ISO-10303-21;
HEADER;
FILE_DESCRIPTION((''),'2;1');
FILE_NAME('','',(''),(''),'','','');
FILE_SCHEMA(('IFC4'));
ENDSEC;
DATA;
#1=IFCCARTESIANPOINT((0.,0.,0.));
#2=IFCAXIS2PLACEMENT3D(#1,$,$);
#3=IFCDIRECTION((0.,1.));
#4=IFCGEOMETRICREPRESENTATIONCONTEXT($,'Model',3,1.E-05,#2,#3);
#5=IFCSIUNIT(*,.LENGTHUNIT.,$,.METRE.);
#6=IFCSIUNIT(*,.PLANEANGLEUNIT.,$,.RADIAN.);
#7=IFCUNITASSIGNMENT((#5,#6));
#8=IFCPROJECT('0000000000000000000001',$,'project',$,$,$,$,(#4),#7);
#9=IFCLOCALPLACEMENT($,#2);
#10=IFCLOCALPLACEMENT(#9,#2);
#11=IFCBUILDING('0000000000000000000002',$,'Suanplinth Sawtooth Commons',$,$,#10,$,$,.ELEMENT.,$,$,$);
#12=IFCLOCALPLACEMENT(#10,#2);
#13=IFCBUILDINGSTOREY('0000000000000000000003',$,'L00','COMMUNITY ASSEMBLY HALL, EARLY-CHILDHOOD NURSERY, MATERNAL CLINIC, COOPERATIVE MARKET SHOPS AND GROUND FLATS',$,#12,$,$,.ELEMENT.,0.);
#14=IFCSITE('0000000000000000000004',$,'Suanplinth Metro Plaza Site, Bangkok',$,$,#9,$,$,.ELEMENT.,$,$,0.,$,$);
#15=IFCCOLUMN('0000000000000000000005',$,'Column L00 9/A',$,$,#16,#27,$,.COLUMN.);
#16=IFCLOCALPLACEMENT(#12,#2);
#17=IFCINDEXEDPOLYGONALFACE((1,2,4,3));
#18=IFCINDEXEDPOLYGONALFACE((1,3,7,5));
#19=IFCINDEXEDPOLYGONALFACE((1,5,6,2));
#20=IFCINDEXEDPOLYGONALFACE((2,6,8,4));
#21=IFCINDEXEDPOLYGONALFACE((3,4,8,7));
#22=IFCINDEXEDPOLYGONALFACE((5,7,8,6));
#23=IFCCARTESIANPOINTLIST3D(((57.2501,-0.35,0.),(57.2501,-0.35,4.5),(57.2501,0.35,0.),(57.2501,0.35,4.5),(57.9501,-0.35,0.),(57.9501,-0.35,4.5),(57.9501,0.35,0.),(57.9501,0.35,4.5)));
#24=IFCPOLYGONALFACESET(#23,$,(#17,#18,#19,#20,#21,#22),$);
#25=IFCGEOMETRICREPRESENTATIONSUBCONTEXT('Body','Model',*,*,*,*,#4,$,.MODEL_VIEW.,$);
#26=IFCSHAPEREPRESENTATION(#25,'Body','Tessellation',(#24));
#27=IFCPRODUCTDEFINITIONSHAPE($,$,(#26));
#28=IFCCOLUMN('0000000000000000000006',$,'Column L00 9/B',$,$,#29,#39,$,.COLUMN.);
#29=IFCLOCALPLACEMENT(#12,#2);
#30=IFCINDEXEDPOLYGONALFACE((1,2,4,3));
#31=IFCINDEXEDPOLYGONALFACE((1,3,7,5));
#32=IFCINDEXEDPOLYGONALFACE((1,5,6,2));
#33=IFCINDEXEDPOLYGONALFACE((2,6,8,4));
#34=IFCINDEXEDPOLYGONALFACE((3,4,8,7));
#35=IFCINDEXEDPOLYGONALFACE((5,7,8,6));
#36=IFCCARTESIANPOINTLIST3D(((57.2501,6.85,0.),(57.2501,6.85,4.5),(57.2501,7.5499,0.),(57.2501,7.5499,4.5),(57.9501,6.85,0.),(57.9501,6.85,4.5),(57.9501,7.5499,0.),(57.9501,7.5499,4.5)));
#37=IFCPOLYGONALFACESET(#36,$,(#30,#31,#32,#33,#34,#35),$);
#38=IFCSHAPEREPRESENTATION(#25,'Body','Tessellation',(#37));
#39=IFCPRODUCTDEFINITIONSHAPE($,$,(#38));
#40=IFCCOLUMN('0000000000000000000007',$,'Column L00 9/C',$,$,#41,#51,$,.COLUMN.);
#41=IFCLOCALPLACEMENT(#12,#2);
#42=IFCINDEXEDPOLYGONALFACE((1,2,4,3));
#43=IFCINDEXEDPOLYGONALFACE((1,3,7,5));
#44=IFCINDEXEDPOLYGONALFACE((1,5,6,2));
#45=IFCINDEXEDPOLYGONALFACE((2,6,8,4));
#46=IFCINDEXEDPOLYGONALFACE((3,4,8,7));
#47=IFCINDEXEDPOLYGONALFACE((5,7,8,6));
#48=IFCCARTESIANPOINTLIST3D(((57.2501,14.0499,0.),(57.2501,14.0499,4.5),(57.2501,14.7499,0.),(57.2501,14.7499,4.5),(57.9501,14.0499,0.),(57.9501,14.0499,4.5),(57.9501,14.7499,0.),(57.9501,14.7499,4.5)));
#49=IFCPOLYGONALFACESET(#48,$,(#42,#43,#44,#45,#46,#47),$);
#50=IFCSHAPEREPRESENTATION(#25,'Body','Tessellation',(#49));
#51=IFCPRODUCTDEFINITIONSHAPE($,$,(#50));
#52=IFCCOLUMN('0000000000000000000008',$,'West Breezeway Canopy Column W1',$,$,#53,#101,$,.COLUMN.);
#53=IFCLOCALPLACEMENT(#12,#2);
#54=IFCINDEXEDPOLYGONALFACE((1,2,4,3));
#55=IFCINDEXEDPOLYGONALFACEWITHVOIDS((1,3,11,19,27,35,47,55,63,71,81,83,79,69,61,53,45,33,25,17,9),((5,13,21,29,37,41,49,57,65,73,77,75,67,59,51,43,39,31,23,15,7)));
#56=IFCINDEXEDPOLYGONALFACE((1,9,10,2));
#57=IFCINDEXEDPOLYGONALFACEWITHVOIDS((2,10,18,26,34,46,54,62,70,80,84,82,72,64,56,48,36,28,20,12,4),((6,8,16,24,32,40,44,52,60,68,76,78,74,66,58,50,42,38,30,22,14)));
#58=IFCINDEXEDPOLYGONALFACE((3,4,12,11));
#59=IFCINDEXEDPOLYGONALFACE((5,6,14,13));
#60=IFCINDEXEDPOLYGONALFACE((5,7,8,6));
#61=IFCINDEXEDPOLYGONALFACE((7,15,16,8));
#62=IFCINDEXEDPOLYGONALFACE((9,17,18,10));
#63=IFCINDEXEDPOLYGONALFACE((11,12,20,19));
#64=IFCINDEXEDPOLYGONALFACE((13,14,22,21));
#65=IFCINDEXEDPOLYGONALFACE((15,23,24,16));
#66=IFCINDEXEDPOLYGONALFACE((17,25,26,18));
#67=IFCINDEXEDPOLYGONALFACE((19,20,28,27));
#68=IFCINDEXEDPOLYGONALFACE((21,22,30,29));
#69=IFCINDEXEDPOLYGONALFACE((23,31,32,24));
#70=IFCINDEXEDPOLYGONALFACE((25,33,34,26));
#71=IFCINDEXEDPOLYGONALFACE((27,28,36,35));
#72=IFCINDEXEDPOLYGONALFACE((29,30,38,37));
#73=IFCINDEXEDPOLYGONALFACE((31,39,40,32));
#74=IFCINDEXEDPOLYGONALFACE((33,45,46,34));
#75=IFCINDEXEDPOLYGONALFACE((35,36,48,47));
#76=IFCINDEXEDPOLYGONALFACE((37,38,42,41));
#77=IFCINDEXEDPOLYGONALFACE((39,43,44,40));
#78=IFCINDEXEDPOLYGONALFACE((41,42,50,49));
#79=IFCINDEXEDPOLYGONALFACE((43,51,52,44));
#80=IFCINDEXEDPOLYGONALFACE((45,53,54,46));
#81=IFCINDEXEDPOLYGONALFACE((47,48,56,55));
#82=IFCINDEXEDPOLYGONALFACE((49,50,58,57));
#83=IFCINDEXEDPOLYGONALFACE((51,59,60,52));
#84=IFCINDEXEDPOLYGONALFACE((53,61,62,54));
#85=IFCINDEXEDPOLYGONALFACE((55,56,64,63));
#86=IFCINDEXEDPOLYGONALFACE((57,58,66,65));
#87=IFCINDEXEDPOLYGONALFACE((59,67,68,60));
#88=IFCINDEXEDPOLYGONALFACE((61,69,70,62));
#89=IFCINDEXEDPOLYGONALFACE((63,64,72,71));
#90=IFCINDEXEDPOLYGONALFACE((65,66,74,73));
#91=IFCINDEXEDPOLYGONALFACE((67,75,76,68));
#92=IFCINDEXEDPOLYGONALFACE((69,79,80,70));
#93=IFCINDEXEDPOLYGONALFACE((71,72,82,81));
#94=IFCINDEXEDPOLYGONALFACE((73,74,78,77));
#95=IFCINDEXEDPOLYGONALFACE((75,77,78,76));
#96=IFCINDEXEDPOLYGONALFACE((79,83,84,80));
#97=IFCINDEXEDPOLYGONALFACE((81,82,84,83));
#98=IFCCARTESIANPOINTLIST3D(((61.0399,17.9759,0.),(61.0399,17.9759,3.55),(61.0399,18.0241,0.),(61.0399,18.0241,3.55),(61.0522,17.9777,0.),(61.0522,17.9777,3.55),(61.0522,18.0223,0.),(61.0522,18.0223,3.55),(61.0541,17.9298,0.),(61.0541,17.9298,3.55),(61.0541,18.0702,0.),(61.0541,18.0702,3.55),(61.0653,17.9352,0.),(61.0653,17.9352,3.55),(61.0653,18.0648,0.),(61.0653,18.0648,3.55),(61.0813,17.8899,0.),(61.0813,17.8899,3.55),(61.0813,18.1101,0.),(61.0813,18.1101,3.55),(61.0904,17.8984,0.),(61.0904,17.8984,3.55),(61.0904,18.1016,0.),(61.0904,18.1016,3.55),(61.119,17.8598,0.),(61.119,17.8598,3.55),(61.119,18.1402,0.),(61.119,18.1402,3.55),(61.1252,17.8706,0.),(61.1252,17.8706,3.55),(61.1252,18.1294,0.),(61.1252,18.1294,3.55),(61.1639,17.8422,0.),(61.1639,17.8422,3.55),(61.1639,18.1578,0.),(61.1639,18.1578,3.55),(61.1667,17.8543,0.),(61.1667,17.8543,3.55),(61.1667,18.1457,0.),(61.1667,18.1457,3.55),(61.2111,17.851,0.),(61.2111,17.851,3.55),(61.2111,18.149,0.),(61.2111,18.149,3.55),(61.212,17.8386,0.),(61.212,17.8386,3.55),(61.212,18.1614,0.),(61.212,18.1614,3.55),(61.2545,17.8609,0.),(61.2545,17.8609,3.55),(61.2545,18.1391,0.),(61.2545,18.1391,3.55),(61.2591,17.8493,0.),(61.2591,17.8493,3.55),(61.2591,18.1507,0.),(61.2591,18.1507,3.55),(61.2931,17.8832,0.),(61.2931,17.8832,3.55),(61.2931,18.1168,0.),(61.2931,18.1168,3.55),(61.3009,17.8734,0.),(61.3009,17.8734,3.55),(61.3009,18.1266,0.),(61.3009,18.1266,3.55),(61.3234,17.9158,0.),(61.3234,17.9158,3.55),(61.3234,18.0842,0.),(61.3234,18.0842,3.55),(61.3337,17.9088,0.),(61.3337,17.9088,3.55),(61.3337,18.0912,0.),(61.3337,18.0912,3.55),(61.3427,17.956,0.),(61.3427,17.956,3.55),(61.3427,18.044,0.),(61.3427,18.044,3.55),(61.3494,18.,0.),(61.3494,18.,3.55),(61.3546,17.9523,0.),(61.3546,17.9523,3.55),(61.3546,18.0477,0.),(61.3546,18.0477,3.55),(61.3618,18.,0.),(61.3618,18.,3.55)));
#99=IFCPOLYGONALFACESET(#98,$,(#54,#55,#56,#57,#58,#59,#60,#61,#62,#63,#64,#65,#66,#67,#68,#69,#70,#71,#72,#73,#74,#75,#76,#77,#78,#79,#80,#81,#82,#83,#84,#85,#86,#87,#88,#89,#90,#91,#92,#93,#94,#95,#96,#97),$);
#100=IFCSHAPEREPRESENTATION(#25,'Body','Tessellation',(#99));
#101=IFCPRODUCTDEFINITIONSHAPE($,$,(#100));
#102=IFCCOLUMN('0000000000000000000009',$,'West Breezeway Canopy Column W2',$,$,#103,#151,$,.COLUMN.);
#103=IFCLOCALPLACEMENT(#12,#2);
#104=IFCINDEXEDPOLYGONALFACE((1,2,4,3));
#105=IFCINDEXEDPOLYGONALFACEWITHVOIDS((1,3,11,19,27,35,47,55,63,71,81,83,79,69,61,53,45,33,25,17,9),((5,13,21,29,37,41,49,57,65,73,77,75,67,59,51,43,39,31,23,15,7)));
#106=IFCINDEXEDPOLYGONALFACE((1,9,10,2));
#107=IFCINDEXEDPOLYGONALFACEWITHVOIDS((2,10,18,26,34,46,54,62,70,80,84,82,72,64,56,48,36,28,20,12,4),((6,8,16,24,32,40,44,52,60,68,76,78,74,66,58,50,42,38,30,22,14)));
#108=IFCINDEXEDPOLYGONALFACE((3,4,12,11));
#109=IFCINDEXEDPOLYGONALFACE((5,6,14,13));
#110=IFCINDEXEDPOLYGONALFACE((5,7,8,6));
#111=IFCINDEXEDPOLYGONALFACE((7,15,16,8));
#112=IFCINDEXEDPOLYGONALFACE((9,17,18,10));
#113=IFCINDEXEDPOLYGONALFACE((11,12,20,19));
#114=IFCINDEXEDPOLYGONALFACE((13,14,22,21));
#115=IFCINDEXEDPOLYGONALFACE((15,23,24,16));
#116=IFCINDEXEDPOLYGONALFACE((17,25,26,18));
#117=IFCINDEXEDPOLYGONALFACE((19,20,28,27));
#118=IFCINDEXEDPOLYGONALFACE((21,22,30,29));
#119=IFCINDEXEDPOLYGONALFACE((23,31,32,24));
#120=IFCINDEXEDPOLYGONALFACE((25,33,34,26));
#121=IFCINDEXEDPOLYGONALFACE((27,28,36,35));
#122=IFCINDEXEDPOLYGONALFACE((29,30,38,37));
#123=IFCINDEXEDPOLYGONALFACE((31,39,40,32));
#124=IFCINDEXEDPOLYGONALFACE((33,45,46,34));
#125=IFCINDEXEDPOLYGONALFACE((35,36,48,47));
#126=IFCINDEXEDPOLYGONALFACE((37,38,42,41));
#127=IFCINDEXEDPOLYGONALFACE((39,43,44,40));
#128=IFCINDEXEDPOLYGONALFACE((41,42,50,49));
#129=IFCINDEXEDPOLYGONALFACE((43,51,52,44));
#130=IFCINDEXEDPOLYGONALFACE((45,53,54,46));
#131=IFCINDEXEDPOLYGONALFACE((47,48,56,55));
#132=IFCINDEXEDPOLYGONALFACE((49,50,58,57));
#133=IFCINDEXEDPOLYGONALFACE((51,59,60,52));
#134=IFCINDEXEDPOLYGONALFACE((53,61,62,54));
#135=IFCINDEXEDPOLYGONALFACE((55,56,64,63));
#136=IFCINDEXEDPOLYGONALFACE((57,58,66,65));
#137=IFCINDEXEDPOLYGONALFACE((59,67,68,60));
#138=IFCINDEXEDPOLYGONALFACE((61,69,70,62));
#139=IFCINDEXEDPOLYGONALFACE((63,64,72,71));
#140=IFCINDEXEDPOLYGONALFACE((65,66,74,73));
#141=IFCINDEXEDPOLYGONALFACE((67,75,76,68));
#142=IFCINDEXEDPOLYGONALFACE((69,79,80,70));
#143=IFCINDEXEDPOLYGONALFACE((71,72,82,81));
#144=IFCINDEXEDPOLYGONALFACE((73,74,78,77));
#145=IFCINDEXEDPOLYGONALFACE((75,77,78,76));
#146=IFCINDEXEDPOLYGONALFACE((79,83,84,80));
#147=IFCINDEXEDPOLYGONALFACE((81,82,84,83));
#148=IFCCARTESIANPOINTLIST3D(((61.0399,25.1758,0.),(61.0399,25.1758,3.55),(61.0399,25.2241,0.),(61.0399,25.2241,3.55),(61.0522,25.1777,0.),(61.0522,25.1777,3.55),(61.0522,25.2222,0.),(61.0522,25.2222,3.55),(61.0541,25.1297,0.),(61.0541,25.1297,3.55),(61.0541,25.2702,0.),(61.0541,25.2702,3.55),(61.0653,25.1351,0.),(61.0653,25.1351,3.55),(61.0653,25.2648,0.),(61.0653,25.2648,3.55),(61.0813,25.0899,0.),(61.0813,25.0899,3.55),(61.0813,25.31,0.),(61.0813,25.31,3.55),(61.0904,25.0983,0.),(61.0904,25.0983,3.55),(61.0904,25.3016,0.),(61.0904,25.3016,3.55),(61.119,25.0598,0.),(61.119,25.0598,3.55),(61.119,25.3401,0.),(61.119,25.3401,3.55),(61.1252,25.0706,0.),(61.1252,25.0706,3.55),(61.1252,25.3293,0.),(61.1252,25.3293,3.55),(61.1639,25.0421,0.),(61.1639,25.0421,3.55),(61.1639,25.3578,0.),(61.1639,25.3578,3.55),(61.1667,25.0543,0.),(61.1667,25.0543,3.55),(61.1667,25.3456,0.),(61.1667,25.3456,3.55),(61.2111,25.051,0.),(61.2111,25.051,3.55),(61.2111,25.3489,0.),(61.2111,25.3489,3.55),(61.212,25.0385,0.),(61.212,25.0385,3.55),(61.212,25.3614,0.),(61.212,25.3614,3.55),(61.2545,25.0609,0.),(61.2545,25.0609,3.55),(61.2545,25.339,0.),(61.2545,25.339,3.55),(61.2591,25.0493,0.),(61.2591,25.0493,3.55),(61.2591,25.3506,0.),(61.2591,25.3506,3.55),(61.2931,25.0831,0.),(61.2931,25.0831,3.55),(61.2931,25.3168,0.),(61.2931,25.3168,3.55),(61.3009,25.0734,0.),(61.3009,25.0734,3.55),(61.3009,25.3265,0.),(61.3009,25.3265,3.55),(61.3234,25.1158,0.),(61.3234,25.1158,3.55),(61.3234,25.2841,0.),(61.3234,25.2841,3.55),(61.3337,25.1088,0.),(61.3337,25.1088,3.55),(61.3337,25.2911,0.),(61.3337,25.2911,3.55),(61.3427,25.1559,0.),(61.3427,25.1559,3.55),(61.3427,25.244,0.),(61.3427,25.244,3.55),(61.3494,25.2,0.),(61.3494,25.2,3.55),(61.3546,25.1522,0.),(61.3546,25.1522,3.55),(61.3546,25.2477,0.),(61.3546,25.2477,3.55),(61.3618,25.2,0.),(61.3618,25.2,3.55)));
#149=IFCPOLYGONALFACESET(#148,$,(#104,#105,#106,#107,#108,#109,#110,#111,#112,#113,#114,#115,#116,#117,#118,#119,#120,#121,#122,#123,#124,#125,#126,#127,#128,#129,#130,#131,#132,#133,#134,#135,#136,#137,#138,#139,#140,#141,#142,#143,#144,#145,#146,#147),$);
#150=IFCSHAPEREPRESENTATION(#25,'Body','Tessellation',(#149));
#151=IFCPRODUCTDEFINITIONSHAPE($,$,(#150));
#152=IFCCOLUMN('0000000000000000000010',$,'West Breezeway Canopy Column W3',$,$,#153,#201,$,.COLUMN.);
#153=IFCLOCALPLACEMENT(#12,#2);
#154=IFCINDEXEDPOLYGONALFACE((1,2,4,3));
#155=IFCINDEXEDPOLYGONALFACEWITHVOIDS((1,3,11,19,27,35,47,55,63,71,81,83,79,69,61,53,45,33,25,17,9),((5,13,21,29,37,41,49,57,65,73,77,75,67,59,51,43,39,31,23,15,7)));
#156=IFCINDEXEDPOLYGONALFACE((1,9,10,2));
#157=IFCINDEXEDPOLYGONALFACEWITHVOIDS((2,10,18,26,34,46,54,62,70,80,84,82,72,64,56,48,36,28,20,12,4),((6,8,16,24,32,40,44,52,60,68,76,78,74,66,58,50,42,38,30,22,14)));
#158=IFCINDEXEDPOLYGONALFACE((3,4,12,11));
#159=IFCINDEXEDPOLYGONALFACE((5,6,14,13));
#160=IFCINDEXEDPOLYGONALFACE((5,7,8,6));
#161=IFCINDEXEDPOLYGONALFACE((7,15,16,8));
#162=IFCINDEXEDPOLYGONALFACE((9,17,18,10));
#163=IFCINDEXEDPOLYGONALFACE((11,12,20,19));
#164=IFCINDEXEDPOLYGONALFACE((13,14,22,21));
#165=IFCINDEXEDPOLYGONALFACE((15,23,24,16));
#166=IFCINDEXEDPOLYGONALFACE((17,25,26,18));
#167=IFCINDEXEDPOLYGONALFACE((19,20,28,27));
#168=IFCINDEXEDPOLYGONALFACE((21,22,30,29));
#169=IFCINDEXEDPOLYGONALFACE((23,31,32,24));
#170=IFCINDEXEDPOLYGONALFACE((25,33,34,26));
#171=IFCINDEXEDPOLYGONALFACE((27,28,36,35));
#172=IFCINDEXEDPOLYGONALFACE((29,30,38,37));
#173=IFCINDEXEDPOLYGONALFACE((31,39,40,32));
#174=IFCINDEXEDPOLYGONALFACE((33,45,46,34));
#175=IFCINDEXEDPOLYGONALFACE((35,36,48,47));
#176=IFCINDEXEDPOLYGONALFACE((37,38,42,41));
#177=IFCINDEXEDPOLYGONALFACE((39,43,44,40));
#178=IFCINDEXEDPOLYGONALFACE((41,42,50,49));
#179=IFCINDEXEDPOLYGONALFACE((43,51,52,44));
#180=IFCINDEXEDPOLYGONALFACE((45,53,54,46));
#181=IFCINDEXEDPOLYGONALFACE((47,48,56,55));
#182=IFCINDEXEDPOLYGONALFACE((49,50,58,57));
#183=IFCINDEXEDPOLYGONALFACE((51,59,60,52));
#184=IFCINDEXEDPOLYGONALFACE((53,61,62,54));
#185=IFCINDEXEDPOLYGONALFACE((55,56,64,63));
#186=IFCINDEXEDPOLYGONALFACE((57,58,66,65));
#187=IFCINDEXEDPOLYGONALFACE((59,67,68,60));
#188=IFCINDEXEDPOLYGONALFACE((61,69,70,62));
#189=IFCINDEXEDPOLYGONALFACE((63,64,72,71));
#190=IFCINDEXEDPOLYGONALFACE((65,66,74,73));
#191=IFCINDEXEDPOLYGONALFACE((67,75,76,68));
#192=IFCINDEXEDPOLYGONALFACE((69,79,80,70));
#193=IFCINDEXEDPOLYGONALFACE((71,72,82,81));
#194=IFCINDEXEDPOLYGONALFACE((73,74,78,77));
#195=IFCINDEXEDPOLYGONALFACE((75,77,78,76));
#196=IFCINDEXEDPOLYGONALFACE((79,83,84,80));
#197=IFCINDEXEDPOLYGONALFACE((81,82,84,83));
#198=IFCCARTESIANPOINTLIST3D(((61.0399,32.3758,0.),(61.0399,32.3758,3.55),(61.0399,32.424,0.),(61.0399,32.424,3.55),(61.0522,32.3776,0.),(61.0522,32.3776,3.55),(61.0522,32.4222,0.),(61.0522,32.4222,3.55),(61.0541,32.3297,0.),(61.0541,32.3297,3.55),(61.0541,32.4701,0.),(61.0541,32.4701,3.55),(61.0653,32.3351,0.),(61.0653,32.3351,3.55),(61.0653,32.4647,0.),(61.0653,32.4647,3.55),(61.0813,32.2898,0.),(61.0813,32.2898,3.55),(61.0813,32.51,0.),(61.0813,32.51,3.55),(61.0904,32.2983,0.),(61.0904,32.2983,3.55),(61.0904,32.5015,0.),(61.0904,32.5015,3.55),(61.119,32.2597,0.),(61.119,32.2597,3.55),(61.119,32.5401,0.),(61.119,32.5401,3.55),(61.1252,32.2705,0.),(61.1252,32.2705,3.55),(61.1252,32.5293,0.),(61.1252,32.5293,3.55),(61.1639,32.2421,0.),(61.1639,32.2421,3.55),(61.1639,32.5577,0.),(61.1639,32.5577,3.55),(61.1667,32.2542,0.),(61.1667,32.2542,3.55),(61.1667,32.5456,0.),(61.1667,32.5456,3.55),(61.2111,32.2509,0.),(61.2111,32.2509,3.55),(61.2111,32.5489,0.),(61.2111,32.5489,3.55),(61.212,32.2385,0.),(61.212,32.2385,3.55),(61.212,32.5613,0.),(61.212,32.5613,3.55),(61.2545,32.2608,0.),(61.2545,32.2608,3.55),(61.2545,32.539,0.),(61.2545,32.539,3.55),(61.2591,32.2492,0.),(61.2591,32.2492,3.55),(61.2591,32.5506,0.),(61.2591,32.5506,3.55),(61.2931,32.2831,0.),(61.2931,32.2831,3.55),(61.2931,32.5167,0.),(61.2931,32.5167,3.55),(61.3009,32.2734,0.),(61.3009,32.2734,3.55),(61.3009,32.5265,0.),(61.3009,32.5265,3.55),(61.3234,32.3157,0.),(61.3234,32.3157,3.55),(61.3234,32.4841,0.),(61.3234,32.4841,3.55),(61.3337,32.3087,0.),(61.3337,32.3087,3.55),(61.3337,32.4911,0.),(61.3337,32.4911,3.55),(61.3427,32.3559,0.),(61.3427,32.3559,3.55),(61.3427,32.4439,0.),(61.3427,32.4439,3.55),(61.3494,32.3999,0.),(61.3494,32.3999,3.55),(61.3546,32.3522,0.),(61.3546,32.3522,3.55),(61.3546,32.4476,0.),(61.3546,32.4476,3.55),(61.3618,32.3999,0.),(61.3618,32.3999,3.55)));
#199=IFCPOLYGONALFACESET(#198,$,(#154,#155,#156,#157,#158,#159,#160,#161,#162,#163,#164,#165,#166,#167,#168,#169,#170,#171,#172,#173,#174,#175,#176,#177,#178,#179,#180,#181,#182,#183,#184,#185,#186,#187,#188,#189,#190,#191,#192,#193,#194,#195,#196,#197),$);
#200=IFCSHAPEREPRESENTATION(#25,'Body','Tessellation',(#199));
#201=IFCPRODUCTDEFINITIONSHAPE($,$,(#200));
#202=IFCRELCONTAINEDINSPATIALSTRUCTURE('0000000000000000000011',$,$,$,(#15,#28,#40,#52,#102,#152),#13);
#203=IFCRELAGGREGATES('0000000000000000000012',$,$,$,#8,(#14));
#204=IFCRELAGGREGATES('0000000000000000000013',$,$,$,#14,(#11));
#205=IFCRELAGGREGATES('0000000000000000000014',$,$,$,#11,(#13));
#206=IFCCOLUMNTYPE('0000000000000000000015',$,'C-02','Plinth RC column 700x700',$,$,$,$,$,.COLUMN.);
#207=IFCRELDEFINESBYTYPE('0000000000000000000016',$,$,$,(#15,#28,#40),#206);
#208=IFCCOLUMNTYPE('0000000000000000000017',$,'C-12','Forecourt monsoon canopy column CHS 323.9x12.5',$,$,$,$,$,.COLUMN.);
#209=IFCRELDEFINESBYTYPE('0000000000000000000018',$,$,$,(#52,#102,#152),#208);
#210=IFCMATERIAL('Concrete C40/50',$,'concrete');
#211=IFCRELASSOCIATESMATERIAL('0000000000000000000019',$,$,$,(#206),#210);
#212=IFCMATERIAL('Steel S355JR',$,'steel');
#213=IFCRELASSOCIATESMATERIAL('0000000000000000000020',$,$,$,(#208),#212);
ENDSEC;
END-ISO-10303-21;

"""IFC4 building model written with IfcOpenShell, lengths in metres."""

from ifc_helpers import new_model, si_unit, direction, frame, origin, origin_2d, place, context, subcontext, project, spatial, rectangle, hollow_circle, extrude, material, material_profile, profile_set, type_object, element, save


model = new_model("IFC4")

# Units and contexts
model_context = context("Model", 3, precision=1e-05, world=origin(), true_north=direction((0.0, 1.0)))
body_context = subcontext(model_context, "Body", "Model", "MODEL_VIEW")
ifc_project = project(units=[si_unit("LENGTHUNIT", "METRE"), si_unit("PLANEANGLEUNIT", "RADIAN")], contexts=[model_context])

# Site, building, storey
site_placement = place(None, origin())
site = spatial("IfcSite", under=ifc_project, at=site_placement, Name="Suanplinth Metro Plaza Site, Bangkok", CompositionType="ELEMENT", RefElevation=0.0)
building_placement = place(site_placement, origin())
building = spatial("IfcBuilding", under=site, at=building_placement, Name="Suanplinth Sawtooth Commons", CompositionType="ELEMENT")
storey_placement = place(building_placement, origin())
storey = spatial("IfcBuildingStorey", under=building, at=storey_placement, Name="L00", Description="COMMUNITY ASSEMBLY HALL, EARLY-CHILDHOOD NURSERY, MATERNAL CLINIC, COOPERATIVE MARKET SHOPS AND GROUND FLATS", CompositionType="ELEMENT", Elevation=0.0)

# Columns
ifc_material_1 = material(Name="Concrete C40/50", Category="concrete")
ifc_material_profile_1 = material_profile(ifc_material_1, rectangle(XDim=0.7, YDim=0.7, at=origin_2d()), Name="RC-COL 700x700")
ifc_profile_set_1 = profile_set([ifc_material_profile_1], Name="Concrete C40/50")
column_type_1 = type_object("IfcColumnType", Name="C-02", Description="Plinth RC column 700x700", PredefinedType="COLUMN", material=ifc_profile_set_1)
for number, where, z_axis, x_axis, name in (
    (1, (57.6001, 0.0, 0.0), (0.0, 0.0, 1.0), (1.0, 0.0, 0.0), "Column L00 9/A"),
    (2, (57.6001, 7.2, 0.0), (0.0, 0.0, 1.0), (1.0, 0.0, 0.0), "Column L00 9/B"),
    (3, (57.6001, 14.3999, 0.0), (0.0, 0.0, 1.0), (1.0, 0.0, 0.0), "Column L00 9/C"),
):
    element("IfcColumn", number, at=place(storey_placement, frame(where, z_axis=z_axis, x_axis=x_axis)), inside=storey, type_object=column_type_1, Name=name, PredefinedType="COLUMN", context=body_context, shape_type="SweptSolid", body=[
        extrude(rectangle(XDim=0.7, YDim=0.7, at=origin_2d()), origin(), (0.0, 0.0, 1.0), 4.5),
    ])
ifc_material_2 = material(Name="Steel S355JR", Category="steel")
ifc_material_profile_2 = material_profile(ifc_material_2, hollow_circle(Radius=0.1619, WallThickness=0.0125, at=origin_2d()), Name="CHS 323.9x12.5")
ifc_profile_set_2 = profile_set([ifc_material_profile_2], Name="Steel S355JR")
column_type_2 = type_object("IfcColumnType", Name="C-12", Description="Forecourt monsoon canopy column CHS 323.9x12.5", PredefinedType="COLUMN", material=ifc_profile_set_2)
for number, where, z_axis, x_axis, name in (
    (4, (61.2, 18.0, 0.0), (0.0, 0.0, 1.0), (1.0, 0.0, 0.0), "West Breezeway Canopy Column W1"),
    (5, (61.2, 25.2, 0.0), (0.0, 0.0, 1.0), (1.0, 0.0, 0.0), "West Breezeway Canopy Column W2"),
    (6, (61.2, 32.3999, 0.0), (0.0, 0.0, 1.0), (1.0, 0.0, 0.0), "West Breezeway Canopy Column W3"),
):
    element("IfcColumn", number, at=place(storey_placement, frame(where, z_axis=z_axis, x_axis=x_axis)), inside=storey, type_object=column_type_2, Name=name, PredefinedType="COLUMN", context=body_context, shape_type="SweptSolid", body=[
        extrude(hollow_circle(Radius=0.1619, WallThickness=0.0125, at=origin_2d()), origin(), (0.0, 0.0, 1.0), 3.55),
    ])

save(model, "model.ifc")
